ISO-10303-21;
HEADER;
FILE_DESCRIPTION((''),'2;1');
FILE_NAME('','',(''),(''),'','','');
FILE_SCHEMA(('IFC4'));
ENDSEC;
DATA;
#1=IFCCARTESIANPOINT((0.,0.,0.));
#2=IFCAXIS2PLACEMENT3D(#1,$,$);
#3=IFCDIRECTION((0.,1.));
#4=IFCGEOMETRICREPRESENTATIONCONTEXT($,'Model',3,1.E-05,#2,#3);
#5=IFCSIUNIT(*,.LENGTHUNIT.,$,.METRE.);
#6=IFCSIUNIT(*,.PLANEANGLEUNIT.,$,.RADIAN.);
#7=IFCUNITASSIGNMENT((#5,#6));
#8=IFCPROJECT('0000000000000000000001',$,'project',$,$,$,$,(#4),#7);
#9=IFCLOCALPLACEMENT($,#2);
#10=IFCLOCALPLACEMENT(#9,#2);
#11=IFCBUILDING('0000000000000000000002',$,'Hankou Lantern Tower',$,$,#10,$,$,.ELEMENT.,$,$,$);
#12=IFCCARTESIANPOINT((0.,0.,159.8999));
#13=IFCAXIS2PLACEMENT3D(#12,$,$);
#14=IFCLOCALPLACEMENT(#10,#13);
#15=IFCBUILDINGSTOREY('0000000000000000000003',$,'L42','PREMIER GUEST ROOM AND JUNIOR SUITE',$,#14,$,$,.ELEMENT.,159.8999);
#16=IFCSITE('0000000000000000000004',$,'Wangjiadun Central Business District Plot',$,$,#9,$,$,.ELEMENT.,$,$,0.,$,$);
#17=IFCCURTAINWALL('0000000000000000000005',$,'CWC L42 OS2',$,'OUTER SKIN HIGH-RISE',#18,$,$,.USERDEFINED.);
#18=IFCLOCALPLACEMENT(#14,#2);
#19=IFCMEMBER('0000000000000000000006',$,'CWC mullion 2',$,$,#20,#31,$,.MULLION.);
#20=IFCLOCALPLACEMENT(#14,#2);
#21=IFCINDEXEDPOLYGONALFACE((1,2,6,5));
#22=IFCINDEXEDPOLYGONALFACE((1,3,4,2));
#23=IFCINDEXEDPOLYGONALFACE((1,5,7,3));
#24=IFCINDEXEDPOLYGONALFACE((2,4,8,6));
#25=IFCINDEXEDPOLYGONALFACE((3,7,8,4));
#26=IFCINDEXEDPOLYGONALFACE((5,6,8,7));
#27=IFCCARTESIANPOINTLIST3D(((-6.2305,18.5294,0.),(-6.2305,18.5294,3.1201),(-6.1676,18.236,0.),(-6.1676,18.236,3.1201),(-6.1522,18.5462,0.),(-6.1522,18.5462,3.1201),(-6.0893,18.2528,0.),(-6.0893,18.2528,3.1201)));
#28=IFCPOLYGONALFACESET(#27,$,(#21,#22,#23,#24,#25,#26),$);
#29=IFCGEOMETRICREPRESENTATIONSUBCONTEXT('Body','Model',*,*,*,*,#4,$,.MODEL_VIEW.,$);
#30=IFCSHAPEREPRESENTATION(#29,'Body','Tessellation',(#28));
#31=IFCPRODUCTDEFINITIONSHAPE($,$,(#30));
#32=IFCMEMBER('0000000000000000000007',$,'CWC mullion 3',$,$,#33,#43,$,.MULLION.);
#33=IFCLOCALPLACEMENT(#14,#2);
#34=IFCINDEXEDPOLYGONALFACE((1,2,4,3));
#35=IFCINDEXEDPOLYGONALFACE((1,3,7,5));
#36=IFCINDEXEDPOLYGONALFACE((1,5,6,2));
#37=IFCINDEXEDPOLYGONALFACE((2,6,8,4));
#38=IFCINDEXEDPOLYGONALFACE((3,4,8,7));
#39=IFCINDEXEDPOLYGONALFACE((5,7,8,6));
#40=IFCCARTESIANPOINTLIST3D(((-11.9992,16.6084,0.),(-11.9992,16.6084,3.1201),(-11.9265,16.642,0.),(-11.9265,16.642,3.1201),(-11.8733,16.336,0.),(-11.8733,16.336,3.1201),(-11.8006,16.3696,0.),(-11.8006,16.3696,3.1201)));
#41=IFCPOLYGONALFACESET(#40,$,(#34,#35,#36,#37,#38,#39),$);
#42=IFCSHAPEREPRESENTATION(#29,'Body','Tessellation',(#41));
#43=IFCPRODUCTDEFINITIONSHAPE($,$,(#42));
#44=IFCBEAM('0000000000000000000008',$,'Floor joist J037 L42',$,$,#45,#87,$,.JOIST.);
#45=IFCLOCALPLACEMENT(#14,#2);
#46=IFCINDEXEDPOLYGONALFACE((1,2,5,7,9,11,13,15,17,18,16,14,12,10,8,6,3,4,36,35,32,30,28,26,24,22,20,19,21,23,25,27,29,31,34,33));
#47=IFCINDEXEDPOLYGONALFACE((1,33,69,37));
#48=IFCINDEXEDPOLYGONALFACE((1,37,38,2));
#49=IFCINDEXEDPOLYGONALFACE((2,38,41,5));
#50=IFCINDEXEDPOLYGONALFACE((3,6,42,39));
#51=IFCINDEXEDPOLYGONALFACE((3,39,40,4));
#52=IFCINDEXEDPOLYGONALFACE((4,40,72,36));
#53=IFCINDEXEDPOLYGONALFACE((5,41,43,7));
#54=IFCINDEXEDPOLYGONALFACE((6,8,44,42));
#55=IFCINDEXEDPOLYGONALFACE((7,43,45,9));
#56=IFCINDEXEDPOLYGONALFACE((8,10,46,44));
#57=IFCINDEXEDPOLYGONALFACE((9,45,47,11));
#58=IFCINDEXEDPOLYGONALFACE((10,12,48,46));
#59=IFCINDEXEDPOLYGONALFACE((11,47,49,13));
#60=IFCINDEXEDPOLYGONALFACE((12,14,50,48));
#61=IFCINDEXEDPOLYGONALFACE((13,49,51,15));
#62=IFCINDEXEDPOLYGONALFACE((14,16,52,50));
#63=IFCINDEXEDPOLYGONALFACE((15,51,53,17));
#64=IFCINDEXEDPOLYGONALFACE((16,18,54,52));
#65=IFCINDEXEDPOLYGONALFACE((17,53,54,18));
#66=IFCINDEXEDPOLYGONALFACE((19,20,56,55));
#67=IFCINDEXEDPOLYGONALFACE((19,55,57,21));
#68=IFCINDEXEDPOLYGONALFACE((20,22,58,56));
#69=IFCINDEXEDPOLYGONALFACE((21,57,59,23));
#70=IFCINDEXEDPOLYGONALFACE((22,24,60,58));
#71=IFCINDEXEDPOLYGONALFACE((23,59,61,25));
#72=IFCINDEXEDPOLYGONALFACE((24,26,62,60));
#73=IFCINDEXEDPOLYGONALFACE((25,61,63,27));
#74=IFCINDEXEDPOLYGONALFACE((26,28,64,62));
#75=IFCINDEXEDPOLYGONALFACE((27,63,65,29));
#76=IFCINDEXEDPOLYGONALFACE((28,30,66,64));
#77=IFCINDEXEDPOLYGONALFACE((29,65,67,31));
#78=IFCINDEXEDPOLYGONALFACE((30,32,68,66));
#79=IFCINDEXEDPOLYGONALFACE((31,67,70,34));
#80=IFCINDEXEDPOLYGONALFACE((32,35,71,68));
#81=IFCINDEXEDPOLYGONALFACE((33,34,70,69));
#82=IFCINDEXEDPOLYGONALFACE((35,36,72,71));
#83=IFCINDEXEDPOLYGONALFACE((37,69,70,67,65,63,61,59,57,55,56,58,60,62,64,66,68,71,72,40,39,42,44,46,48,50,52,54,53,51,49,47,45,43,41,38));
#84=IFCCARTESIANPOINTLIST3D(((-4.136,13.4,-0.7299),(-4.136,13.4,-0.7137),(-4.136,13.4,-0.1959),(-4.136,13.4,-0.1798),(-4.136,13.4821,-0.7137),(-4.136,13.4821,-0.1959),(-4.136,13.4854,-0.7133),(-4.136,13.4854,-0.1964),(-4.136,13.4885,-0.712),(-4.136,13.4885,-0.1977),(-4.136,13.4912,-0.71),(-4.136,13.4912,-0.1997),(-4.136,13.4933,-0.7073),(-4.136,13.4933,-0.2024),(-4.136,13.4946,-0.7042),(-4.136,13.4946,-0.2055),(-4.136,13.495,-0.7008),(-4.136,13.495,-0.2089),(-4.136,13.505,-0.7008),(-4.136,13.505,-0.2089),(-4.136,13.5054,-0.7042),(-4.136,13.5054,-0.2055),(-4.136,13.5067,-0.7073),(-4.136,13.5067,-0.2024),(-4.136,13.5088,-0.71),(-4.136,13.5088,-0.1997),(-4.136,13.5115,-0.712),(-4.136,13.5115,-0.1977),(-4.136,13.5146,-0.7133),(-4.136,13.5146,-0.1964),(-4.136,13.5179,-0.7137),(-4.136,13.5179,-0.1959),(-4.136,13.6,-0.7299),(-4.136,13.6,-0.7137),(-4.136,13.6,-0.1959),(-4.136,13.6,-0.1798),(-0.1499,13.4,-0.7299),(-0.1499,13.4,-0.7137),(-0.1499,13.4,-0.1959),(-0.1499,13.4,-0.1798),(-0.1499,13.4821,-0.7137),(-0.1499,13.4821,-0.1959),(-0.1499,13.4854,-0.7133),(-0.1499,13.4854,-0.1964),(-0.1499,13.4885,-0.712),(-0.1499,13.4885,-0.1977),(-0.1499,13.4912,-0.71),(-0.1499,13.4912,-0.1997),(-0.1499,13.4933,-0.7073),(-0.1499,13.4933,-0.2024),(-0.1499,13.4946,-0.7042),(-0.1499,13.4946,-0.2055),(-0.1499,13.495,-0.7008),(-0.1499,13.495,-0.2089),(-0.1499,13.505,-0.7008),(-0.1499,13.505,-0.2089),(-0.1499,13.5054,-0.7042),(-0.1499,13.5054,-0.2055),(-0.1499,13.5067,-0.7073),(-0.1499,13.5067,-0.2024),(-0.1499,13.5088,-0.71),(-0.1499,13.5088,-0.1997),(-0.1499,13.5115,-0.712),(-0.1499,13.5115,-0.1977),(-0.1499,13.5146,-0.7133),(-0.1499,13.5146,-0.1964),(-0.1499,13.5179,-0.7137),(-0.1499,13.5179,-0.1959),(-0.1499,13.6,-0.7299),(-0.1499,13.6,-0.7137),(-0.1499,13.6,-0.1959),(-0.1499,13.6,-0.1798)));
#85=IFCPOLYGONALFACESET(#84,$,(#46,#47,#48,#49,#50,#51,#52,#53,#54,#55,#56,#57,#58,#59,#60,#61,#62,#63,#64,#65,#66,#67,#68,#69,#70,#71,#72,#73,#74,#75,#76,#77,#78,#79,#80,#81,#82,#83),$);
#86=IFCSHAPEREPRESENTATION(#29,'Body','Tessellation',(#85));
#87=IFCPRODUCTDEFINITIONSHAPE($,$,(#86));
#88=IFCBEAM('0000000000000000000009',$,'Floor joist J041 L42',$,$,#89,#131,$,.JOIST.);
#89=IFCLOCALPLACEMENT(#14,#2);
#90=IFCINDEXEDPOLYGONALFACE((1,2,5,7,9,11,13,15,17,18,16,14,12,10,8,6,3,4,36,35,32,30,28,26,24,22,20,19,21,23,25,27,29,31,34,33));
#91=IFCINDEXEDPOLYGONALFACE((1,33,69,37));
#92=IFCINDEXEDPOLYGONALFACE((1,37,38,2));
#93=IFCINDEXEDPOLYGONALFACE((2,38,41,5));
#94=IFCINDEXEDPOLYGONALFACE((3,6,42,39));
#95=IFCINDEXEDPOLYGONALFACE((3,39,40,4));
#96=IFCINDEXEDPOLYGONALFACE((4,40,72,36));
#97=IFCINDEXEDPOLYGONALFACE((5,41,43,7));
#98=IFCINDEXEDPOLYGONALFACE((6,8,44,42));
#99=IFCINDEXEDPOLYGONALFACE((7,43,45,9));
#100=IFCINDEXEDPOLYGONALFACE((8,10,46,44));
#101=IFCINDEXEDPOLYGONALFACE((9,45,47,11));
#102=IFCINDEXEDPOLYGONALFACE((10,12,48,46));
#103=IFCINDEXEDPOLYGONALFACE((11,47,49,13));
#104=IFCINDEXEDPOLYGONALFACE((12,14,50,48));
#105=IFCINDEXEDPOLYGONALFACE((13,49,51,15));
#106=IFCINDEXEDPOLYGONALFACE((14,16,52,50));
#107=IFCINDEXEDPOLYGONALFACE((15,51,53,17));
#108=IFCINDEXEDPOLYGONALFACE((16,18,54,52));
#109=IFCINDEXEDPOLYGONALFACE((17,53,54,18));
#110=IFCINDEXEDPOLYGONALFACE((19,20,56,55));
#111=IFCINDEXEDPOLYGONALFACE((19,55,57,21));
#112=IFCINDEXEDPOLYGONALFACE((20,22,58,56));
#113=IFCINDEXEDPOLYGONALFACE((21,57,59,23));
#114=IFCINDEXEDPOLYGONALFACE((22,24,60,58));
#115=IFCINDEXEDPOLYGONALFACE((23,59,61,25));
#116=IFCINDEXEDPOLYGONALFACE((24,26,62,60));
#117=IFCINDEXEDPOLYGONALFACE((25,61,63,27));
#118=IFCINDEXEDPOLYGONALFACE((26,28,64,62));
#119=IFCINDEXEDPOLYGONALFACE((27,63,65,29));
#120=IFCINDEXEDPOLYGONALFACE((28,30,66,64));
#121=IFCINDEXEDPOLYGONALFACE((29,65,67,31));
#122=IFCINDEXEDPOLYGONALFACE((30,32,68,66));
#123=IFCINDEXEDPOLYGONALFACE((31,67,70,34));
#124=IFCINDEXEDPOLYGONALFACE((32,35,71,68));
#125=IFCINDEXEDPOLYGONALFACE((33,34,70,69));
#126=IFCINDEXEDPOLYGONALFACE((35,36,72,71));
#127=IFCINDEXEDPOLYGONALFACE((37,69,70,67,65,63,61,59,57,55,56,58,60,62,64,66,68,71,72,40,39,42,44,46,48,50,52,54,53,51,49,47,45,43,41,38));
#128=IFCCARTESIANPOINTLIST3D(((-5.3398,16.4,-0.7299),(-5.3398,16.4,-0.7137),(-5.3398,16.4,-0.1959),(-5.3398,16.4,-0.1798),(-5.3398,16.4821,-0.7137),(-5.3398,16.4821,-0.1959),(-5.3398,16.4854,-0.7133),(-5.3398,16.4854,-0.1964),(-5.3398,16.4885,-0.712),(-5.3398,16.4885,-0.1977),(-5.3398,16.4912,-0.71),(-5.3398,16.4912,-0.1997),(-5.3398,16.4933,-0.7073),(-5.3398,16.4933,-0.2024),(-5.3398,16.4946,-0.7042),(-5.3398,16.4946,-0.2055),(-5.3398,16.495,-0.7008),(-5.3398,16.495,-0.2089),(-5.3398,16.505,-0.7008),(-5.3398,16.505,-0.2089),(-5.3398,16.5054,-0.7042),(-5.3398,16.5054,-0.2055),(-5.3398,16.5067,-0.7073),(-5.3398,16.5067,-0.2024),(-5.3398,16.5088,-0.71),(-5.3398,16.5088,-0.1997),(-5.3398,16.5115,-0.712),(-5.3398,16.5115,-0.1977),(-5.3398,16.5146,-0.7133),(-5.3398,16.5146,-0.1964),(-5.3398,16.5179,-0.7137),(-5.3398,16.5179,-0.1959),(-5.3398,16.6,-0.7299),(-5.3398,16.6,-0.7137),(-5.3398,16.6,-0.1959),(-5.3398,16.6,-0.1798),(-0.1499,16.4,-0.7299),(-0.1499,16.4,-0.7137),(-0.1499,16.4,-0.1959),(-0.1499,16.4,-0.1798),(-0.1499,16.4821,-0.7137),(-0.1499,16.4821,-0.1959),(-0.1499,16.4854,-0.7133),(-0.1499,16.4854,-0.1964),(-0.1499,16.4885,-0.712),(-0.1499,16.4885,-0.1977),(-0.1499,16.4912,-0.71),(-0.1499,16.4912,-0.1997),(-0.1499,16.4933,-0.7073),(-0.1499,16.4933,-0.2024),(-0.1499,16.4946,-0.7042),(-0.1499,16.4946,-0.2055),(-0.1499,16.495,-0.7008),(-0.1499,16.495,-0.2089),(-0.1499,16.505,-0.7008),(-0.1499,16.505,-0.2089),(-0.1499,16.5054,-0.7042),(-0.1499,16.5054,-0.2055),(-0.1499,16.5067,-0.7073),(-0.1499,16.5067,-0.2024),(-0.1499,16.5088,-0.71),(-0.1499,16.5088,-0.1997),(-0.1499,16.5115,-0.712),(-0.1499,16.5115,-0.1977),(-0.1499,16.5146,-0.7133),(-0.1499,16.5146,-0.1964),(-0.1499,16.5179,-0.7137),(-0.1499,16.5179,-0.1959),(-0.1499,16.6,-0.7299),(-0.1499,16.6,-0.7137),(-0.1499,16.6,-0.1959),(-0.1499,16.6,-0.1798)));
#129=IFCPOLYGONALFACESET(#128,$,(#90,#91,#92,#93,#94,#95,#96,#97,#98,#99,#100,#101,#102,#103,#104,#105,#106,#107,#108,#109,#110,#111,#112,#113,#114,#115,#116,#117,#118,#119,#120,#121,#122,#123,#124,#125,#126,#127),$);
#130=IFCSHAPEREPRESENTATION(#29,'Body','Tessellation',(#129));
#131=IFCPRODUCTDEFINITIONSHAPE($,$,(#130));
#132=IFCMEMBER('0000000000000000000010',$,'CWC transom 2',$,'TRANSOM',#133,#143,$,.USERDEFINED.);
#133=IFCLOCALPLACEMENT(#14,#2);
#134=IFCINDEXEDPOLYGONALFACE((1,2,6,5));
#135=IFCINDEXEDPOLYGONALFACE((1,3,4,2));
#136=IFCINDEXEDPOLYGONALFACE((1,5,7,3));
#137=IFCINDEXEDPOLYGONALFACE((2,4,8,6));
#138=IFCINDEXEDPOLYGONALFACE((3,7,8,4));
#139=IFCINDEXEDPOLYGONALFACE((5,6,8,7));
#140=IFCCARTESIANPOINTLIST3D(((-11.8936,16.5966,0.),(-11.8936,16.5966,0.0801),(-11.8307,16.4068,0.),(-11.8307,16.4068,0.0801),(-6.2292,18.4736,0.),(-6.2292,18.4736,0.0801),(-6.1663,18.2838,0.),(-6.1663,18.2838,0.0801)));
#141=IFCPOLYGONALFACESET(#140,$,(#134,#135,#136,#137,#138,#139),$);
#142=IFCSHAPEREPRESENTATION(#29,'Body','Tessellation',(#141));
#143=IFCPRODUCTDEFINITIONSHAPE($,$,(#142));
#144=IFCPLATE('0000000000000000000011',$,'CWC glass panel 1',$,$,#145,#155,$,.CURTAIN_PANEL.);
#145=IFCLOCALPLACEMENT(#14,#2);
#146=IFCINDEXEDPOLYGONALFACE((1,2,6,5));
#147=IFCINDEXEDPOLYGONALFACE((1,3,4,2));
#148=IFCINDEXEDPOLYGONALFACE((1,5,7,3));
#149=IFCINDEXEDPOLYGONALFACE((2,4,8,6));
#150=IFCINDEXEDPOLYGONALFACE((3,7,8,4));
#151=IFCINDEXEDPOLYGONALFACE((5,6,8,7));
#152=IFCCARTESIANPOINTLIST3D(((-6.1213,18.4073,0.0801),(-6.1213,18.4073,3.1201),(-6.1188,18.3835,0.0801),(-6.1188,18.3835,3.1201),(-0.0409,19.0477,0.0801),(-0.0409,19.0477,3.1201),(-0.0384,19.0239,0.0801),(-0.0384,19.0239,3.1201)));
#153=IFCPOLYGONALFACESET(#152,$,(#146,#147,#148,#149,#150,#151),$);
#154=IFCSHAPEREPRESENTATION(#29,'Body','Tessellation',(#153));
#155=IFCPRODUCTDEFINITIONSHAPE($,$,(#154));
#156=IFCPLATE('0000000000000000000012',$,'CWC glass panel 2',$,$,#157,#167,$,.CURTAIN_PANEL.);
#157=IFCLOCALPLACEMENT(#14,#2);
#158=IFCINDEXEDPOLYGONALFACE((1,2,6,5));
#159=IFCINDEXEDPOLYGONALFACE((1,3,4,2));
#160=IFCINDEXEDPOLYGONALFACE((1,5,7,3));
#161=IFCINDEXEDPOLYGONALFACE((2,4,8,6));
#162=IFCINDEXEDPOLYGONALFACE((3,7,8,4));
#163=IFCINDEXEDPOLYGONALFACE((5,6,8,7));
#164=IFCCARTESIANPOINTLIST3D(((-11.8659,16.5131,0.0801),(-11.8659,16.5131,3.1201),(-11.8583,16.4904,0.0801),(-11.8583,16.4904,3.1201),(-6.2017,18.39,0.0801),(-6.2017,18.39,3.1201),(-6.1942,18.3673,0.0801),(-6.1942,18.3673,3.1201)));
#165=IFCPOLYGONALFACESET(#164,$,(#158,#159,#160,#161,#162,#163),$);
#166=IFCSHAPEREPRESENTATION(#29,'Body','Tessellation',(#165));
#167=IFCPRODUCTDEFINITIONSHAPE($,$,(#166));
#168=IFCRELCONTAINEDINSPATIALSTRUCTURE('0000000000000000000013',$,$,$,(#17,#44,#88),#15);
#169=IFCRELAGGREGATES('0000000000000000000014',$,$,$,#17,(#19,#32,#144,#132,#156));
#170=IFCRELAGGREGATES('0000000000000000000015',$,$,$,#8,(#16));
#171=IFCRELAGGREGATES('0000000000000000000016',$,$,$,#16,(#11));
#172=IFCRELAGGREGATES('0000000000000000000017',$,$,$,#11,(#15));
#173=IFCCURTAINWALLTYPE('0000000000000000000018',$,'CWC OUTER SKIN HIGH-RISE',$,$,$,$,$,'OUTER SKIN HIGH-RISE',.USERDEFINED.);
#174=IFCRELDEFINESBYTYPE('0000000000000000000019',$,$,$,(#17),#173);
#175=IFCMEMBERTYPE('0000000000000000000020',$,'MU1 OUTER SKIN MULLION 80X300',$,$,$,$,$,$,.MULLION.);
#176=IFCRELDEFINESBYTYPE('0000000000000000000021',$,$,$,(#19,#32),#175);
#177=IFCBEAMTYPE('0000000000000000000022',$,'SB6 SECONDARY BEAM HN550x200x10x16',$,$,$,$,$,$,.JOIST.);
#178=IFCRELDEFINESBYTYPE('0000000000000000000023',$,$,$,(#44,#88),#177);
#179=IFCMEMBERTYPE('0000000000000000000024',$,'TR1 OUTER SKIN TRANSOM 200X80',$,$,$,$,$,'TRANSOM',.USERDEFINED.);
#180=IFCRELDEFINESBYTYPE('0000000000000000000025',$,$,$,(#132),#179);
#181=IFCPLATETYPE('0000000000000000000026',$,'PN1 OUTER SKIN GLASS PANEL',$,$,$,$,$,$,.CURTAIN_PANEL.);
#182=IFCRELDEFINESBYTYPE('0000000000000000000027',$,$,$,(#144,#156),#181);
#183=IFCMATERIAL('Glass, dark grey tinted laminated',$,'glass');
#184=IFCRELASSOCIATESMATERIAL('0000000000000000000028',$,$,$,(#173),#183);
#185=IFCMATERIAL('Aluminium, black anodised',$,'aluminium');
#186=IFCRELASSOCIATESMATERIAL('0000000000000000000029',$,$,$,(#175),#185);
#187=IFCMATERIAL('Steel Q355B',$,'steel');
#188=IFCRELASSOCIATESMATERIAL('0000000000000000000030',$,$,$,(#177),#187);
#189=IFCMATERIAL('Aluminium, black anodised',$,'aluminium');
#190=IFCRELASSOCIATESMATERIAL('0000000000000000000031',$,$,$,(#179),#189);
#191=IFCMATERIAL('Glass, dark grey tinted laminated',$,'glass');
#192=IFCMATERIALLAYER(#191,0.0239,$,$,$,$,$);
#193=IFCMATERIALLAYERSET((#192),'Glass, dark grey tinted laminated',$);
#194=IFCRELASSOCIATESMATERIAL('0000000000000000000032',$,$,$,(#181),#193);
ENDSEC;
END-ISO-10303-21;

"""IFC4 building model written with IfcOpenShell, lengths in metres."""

from ifc_helpers import new_model, si_unit, direction, frame, origin, origin_2d, place, context, subcontext, project, spatial, rectangle, i_section, extrude, material, layer, layer_set, material_profile, profile_set, type_object, element, aggregate, save


model = new_model("IFC4")

# Units and contexts
model_context = context("Model", 3, precision=1e-05, world=origin(), true_north=direction((0.0, 1.0)))
body_context = subcontext(model_context, "Body", "Model", "MODEL_VIEW")
ifc_project = project(units=[si_unit("LENGTHUNIT", "METRE"), si_unit("PLANEANGLEUNIT", "RADIAN")], contexts=[model_context])

# Site, building, storey
site_placement = place(None, origin())
site = spatial("IfcSite", under=ifc_project, at=site_placement, Name="Wangjiadun Central Business District Plot", CompositionType="ELEMENT", RefElevation=0.0)
building_placement = place(site_placement, origin())
building = spatial("IfcBuilding", under=site, at=building_placement, Name="Hankou Lantern Tower", CompositionType="ELEMENT")
storey_placement = place(building_placement, frame((0.0, 0.0, 159.8999)))
storey = spatial("IfcBuildingStorey", under=building, at=storey_placement, Name="L42", Description="PREMIER GUEST ROOM AND JUNIOR SUITE", CompositionType="ELEMENT", Elevation=159.8999)

# Curtain wall, members
ifc_material_1 = material(Name="Glass, dark grey tinted laminated", Category="glass")
curtain_wall_type = type_object("IfcCurtainWallType", Name="CWC OUTER SKIN HIGH-RISE", ElementType="OUTER SKIN HIGH-RISE", PredefinedType="USERDEFINED", material=ifc_material_1)
curtain_wall_placement = place(storey_placement, origin())
curtain_wall = element("IfcCurtainWall", 1, at=curtain_wall_placement, inside=storey, type_object=curtain_wall_type, Name="CWC L42 OS2", ObjectType="OUTER SKIN HIGH-RISE", PredefinedType="USERDEFINED")
ifc_material_2 = material(Name="Aluminium, black anodised", Category="aluminium")
ifc_material_profile_1 = material_profile(ifc_material_2, rectangle(XDim=0.0801, YDim=0.3, at=origin_2d()), Name="MU1 80X300")
ifc_profile_set_1 = profile_set([ifc_material_profile_1], Name="Aluminium, black anodised")
member_type_1 = type_object("IfcMemberType", Name="MU1 OUTER SKIN MULLION 80X300", PredefinedType="MULLION", material=ifc_profile_set_1)
member_1_placement = place(storey_placement, frame((-6.1599, 18.3911, 0.0), z_axis=(0.0, 0.0, 1.0), x_axis=(-0.977788, -0.209598, 0.0)))
member_1 = element("IfcMember", 2, at=member_1_placement, type_object=member_type_1, Name="CWC mullion 2", PredefinedType="MULLION", context=body_context, shape_type="SweptSolid", body=[
    extrude(rectangle(XDim=0.0801, YDim=0.3, at=origin_2d()), origin(), (0.0, 0.0, 1.0), 3.1201),
])
member_2_placement = place(storey_placement, frame((-11.8999, 16.489, 0.0), z_axis=(0.0, 0.0, 1.0), x_axis=(-0.907841, -0.419314, 0.0)))
member_2 = element("IfcMember", 3, at=member_2_placement, type_object=member_type_1, Name="CWC mullion 3", PredefinedType="MULLION", context=body_context, shape_type="SweptSolid", body=[
    extrude(rectangle(XDim=0.0801, YDim=0.3, at=origin_2d()), origin(), (0.0, 0.0, 1.0), 3.1201),
])

# Beams
ifc_material_3 = material(Name="Steel Q355B", Category="steel")
ifc_material_profile_2 = material_profile(ifc_material_3, i_section(OverallWidth=0.2, OverallDepth=0.55, WebThickness=0.01, FlangeThickness=0.0161, FilletRadius=0.0129, at=origin_2d()), Name="HN550x200x10x16")
ifc_profile_set_2 = profile_set([ifc_material_profile_2], Name="Steel Q355B")
beam_type_1 = type_object("IfcBeamType", Name="SB6 SECONDARY BEAM HN550x200x10x16", PredefinedType="JOIST", material=ifc_profile_set_2)
beam_1_placement = place(storey_placement, frame((-4.136, 13.5, -0.4548), z_axis=(1.0, 0.0, 0.0), x_axis=(0.0, 1.0, 0.0)))
element("IfcBeam", 4, at=beam_1_placement, inside=storey, type_object=beam_type_1, Name="Floor joist J037 L42", PredefinedType="JOIST", context=body_context, shape_type="SweptSolid", body=[
    extrude(i_section(OverallWidth=0.2, OverallDepth=0.55, WebThickness=0.01, FlangeThickness=0.0161, FilletRadius=0.0129, at=origin_2d()), origin(), (0.0, 0.0, 1.0), 3.9861),
])
beam_2_placement = place(storey_placement, frame((-5.3398, 16.5, -0.4548), z_axis=(1.0, 0.0, 0.0), x_axis=(0.0, 1.0, 0.0)))
element("IfcBeam", 5, at=beam_2_placement, inside=storey, type_object=beam_type_1, Name="Floor joist J041 L42", PredefinedType="JOIST", context=body_context, shape_type="SweptSolid", body=[
    extrude(i_section(OverallWidth=0.2, OverallDepth=0.55, WebThickness=0.01, FlangeThickness=0.0161, FilletRadius=0.0129, at=origin_2d()), origin(), (0.0, 0.0, 1.0), 5.1899),
])

# Member
ifc_material_4 = material(Name="Aluminium, black anodised", Category="aluminium")
ifc_material_profile_3 = material_profile(ifc_material_4, rectangle(XDim=0.2, YDim=0.0801, at=origin_2d()), Name="TR1 200X80")
ifc_profile_set_3 = profile_set([ifc_material_profile_3], Name="Aluminium, black anodised")
member_type_2 = type_object("IfcMemberType", Name="TR1 OUTER SKIN TRANSOM 200X80", ElementType="TRANSOM", PredefinedType="USERDEFINED", material=ifc_profile_set_3)
member_3_placement = place(storey_placement, frame((-6.1978, 18.3787, 0.04), z_axis=(-0.949242, -0.314546, 0.0), x_axis=(0.314546, -0.949242, 0.0)))
member_3 = element("IfcMember", 6, at=member_3_placement, type_object=member_type_2, Name="CWC transom 2", ObjectType="TRANSOM", PredefinedType="USERDEFINED", context=body_context, shape_type="SweptSolid", body=[
    extrude(rectangle(XDim=0.2, YDim=0.0801, at=origin_2d()), origin(), (0.0, 0.0, 1.0), 5.9673),
])

# Plates
ifc_material_5 = material(Name="Glass, dark grey tinted laminated", Category="glass")
ifc_layer_1 = layer(ifc_material_5, 0.0239)
ifc_layer_set_1 = layer_set([ifc_layer_1], Name="Glass, dark grey tinted laminated")
plate_type = type_object("IfcPlateType", Name="PN1 OUTER SKIN GLASS PANEL", PredefinedType="CURTAIN_PANEL", material=ifc_layer_set_1)
plate_1_placement = place(storey_placement, frame((-3.0798, 18.7156, 0.0801), z_axis=(0.0, 0.0, 1.0), x_axis=(-0.994499, -0.104743, 0.0)))
plate_1 = element("IfcPlate", 7, at=plate_1_placement, type_object=plate_type, Name="CWC glass panel 1", PredefinedType="CURTAIN_PANEL", context=body_context, shape_type="SweptSolid", body=[
    extrude(rectangle(XDim=6.114, YDim=0.0239, at=origin_2d()), origin(), (0.0, 0.0, 1.0), 3.04),
])
plate_2_placement = place(storey_placement, frame((-9.03, 17.4402, 0.0801), z_axis=(0.0, 0.0, 1.0), x_axis=(-0.949241, -0.314551, 0.0)))
plate_2 = element("IfcPlate", 8, at=plate_2_placement, type_object=plate_type, Name="CWC glass panel 2", PredefinedType="CURTAIN_PANEL", context=body_context, shape_type="SweptSolid", body=[
    extrude(rectangle(XDim=5.967, YDim=0.0239, at=origin_2d()), origin(), (0.0, 0.0, 1.0), 3.04),
])
aggregate(curtain_wall, [member_1, member_2, plate_1, member_3, plate_2])

save(model, "model.ifc")
